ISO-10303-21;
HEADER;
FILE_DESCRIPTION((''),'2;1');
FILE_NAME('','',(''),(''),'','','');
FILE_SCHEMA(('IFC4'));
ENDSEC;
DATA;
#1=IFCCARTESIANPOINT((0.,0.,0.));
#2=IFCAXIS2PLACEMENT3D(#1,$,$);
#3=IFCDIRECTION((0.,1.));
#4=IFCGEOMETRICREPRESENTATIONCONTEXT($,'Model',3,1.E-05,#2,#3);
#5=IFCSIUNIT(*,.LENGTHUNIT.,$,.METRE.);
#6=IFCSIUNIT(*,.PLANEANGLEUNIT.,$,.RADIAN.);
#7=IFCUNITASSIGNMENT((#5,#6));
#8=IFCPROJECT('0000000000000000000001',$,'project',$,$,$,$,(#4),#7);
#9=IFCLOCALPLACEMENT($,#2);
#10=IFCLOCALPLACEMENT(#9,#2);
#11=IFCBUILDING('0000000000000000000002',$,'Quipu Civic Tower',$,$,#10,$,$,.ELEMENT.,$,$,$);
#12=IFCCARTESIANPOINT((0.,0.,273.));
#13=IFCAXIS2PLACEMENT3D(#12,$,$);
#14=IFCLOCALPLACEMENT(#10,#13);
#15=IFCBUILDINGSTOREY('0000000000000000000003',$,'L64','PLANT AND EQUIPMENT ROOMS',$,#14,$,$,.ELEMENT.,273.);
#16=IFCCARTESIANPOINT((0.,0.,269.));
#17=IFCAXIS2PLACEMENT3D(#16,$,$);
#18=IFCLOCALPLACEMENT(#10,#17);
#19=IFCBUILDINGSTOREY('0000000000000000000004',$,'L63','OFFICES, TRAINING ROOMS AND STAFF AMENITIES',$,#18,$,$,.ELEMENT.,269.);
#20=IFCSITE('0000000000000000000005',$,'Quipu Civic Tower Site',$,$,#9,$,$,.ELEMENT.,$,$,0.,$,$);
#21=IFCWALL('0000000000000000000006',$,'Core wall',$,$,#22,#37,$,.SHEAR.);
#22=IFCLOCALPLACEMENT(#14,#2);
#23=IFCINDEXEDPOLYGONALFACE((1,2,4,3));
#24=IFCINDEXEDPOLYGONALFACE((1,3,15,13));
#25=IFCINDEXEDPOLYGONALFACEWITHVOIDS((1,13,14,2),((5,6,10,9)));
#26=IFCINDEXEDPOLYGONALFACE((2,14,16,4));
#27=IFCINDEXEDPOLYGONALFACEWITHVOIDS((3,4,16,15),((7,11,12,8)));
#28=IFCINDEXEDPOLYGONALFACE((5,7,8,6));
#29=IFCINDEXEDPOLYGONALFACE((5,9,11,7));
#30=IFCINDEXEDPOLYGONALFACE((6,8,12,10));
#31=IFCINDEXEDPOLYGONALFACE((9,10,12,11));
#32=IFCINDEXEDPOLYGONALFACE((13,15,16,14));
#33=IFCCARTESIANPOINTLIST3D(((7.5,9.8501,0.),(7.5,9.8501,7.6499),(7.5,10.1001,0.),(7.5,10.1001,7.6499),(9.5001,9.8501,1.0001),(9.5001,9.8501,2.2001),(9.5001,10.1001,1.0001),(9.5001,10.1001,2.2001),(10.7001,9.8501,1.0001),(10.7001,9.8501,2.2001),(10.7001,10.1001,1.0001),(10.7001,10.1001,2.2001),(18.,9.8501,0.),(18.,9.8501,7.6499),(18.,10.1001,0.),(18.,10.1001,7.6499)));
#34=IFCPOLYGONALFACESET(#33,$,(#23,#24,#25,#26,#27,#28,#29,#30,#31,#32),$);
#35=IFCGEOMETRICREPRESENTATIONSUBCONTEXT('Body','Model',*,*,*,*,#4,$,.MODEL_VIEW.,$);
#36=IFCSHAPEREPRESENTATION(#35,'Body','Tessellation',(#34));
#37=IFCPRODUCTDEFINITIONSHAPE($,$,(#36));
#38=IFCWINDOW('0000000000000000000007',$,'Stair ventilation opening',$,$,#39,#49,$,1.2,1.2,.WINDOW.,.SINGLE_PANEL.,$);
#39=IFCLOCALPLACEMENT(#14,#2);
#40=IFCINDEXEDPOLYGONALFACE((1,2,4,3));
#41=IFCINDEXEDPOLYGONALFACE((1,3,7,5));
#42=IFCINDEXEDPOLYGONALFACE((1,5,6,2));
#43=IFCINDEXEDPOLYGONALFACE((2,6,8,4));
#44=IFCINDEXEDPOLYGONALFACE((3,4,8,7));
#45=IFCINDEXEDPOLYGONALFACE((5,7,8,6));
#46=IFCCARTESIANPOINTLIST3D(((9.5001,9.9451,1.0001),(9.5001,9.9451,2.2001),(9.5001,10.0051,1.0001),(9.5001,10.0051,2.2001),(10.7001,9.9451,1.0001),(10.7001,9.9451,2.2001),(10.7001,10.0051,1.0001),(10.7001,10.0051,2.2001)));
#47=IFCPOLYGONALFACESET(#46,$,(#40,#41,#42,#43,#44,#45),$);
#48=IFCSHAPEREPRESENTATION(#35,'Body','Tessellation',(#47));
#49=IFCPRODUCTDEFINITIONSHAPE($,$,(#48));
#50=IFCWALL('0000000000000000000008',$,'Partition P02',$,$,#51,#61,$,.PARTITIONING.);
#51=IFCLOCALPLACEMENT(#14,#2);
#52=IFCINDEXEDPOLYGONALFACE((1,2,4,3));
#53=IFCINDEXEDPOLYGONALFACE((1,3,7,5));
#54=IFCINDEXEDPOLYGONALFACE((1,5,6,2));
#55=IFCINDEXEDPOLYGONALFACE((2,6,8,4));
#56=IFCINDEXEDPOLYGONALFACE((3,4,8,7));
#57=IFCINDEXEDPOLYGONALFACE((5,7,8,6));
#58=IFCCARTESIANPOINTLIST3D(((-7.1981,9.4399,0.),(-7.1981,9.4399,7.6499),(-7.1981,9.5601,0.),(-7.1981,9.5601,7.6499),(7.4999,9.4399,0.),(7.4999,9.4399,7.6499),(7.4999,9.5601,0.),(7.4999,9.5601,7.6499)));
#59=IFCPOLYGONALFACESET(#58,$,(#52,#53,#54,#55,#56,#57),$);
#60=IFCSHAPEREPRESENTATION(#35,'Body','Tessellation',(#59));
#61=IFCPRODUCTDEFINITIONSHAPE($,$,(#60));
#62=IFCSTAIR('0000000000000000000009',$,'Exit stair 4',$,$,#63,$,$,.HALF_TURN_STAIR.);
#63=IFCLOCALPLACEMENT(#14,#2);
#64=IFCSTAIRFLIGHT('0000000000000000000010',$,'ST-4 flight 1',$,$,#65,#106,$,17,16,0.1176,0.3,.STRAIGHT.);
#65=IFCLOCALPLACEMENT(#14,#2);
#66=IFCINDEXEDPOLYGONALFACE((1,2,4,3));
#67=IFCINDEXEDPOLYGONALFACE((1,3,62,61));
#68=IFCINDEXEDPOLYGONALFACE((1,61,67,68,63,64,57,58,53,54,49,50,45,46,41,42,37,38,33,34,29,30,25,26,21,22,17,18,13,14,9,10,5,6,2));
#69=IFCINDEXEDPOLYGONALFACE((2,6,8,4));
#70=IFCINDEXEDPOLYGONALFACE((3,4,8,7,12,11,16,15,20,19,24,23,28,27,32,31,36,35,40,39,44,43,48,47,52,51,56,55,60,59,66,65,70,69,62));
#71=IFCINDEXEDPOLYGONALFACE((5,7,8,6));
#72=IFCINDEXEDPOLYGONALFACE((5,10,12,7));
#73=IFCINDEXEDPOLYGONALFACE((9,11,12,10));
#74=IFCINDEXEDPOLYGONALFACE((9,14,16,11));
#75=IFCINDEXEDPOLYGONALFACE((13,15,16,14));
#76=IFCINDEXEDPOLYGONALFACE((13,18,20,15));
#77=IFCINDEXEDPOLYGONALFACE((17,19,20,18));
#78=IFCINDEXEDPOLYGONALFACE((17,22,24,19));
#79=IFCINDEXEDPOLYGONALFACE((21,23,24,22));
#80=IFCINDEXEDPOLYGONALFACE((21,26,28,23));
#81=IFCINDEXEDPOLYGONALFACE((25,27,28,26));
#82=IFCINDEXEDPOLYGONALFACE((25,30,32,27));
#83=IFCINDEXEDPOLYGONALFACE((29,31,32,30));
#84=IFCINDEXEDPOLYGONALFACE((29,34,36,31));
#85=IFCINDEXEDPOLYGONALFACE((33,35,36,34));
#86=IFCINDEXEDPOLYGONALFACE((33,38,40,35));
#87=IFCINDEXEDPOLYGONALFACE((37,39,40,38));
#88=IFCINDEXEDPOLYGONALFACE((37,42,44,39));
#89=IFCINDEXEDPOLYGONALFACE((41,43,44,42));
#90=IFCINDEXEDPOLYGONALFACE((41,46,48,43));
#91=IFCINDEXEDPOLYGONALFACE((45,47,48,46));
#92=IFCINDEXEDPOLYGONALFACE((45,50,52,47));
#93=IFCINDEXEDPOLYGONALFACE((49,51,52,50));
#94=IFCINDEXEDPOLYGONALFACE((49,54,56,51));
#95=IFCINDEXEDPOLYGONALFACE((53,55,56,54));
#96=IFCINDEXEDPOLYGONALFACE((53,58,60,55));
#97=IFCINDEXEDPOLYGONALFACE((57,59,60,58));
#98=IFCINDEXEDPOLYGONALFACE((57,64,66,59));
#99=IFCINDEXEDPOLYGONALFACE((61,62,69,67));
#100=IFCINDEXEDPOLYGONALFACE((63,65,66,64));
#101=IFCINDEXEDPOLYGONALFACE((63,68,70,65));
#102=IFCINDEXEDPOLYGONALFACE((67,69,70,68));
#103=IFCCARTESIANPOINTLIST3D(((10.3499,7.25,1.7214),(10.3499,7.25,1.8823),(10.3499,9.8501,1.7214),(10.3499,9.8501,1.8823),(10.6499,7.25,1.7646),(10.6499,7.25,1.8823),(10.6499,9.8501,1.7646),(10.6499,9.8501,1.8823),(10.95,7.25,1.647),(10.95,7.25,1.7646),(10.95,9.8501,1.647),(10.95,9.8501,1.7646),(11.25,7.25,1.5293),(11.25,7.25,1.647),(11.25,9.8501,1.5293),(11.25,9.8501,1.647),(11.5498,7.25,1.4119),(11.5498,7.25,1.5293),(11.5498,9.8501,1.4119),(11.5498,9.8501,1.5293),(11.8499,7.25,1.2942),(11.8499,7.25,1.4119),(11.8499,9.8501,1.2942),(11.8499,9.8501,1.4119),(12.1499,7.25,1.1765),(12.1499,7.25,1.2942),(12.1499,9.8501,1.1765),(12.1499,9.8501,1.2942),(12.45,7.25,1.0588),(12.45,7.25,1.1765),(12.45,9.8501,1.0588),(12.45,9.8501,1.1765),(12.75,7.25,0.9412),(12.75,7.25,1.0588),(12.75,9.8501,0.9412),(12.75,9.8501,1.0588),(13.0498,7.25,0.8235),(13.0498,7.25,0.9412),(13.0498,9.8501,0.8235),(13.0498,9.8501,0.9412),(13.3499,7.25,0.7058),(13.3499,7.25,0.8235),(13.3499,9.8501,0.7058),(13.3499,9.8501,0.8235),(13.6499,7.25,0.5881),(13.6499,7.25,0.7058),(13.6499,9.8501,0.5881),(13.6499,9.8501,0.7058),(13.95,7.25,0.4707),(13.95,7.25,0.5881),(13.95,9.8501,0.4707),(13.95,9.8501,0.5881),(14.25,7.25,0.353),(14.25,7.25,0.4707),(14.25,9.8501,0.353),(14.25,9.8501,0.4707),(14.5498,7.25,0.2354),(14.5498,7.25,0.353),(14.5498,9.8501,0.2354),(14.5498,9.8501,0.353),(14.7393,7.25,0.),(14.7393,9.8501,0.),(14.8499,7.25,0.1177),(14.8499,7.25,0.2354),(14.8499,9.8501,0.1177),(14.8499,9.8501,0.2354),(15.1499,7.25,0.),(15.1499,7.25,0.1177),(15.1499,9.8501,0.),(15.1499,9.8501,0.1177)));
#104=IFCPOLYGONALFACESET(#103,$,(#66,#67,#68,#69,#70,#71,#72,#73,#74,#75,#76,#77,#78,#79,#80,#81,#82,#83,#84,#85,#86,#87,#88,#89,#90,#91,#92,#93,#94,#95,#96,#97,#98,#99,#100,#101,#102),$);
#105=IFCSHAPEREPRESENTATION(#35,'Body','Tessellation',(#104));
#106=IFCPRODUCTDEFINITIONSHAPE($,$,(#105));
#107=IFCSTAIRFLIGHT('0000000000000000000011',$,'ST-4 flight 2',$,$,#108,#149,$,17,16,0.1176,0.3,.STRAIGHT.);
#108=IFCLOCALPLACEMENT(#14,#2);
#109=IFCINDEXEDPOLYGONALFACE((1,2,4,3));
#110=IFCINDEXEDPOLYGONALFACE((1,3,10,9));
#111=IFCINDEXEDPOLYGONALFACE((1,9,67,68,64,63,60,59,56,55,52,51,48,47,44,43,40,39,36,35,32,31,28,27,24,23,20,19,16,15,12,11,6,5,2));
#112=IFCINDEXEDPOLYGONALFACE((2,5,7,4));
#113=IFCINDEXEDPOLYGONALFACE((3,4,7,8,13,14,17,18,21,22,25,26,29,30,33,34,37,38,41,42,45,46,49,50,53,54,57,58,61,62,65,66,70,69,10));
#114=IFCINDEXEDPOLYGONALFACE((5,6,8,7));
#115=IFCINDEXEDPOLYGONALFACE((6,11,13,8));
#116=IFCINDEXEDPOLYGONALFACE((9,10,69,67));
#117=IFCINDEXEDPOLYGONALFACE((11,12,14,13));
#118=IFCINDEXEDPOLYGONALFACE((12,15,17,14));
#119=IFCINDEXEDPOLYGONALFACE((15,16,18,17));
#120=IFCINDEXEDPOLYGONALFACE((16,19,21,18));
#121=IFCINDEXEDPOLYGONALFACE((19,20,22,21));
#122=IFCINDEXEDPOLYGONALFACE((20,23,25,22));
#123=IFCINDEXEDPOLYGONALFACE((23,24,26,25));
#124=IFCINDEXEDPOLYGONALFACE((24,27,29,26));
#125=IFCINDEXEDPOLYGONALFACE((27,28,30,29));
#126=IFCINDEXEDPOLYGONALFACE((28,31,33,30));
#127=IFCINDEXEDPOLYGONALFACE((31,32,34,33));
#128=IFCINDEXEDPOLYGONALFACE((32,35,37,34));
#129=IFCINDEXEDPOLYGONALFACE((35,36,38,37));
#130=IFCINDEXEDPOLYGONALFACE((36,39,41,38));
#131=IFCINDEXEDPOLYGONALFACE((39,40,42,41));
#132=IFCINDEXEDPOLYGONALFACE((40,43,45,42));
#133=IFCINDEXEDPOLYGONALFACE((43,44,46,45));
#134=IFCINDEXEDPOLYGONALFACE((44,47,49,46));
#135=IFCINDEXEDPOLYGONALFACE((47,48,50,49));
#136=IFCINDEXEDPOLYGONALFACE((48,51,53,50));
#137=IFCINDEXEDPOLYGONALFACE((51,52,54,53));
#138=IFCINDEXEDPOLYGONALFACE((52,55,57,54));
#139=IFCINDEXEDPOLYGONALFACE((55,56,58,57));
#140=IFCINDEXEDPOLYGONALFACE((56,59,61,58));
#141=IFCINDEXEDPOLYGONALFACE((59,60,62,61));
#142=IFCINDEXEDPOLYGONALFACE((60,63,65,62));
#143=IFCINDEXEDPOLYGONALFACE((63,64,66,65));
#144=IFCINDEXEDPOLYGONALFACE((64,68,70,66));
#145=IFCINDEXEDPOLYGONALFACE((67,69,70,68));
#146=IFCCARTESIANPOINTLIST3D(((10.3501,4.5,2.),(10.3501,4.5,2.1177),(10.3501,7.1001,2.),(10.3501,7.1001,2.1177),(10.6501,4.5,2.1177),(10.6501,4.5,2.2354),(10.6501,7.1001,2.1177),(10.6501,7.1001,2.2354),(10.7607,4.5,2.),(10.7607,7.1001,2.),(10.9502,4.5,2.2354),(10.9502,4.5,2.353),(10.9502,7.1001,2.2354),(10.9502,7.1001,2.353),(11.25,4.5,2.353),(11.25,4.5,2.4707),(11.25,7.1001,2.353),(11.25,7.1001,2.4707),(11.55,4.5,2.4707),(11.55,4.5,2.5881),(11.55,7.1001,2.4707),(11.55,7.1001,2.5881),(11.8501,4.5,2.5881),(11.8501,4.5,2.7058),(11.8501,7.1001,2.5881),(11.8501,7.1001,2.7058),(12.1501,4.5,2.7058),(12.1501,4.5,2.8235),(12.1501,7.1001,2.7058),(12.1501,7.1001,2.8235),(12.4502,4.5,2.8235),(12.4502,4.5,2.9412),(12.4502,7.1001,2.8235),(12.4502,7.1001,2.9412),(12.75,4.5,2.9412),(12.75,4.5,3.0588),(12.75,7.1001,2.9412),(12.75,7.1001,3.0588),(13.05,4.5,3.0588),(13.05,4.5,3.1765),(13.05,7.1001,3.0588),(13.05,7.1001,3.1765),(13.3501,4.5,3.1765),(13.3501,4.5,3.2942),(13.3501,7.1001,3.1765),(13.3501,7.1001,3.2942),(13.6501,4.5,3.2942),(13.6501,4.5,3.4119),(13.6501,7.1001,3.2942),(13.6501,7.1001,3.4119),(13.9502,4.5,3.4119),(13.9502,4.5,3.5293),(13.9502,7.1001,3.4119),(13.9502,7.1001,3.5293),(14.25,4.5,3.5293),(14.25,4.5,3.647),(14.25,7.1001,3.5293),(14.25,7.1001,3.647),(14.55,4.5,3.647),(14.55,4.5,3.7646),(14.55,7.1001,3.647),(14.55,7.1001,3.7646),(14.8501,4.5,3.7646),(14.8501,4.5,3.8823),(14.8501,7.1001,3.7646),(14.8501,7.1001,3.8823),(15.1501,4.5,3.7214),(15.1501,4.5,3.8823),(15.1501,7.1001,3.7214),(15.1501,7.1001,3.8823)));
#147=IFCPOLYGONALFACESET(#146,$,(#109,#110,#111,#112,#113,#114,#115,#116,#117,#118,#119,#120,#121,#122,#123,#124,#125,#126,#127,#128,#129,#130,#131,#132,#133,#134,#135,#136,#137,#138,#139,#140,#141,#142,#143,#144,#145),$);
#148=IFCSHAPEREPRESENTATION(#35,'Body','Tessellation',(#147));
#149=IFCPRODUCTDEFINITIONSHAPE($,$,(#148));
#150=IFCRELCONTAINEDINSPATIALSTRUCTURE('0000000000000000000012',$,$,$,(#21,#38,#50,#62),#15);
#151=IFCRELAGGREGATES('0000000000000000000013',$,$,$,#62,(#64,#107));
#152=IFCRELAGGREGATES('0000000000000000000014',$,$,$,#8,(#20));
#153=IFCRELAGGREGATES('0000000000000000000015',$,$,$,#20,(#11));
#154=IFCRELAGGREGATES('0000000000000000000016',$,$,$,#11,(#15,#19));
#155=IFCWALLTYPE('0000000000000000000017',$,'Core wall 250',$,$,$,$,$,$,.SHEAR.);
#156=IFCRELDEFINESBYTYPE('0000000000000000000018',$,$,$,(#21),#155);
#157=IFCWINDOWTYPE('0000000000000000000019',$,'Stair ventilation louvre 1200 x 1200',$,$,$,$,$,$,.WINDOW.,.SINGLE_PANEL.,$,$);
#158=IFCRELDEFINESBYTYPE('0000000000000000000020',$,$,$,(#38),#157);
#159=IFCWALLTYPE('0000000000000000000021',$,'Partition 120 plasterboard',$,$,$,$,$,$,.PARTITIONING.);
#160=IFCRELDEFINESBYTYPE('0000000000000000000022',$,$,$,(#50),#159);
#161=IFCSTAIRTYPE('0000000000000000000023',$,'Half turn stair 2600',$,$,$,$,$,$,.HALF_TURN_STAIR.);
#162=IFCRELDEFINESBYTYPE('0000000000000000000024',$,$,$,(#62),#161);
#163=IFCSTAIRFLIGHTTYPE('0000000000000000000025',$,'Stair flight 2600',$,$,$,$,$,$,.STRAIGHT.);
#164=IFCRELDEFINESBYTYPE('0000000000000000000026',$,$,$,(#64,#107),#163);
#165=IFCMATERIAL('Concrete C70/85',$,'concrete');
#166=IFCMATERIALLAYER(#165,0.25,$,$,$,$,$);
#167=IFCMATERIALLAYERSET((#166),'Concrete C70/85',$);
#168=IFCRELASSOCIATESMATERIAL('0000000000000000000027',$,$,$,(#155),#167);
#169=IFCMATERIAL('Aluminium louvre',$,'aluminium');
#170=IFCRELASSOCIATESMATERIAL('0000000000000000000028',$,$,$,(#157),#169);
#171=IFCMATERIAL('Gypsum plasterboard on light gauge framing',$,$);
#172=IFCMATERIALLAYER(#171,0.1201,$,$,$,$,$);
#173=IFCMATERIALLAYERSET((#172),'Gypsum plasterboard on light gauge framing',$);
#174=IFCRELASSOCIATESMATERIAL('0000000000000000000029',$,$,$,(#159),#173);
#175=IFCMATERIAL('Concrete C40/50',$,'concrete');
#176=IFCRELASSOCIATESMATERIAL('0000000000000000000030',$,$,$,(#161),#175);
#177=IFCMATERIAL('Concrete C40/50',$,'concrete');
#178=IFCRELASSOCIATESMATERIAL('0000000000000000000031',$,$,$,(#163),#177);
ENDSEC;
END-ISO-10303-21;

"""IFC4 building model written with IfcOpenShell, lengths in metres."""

from ifc_helpers import new_model, si_unit, direction, frame, frame_2d, origin, place, context, subcontext, project, spatial, polyline, rectangle, outline, extrude, material, layer, layer_set, type_object, element, fill, aggregate, save


model = new_model("IFC4")

# Units and contexts
model_context = context("Model", 3, precision=1e-05, world=origin(), true_north=direction((0.0, 1.0)))
body_context = subcontext(model_context, "Body", "Model", "MODEL_VIEW")
ifc_project = project(units=[si_unit("LENGTHUNIT", "METRE"), si_unit("PLANEANGLEUNIT", "RADIAN")], contexts=[model_context])

# Site, building, storey
site_placement = place(None, origin())
site = spatial("IfcSite", under=ifc_project, at=site_placement, Name="Quipu Civic Tower Site", CompositionType="ELEMENT", RefElevation=0.0)
building_placement = place(site_placement, origin())
building = spatial("IfcBuilding", under=site, at=building_placement, Name="Quipu Civic Tower", CompositionType="ELEMENT")
storey_1_placement = place(building_placement, frame((0.0, 0.0, 273.0)))
storey_1 = spatial("IfcBuildingStorey", under=building, at=storey_1_placement, Name="L64", Description="PLANT AND EQUIPMENT ROOMS", CompositionType="ELEMENT", Elevation=273.0)

# Shared definitions
storey_2_placement = place(building_placement, frame((0.0, 0.0, 269.0)))
storey_2 = spatial("IfcBuildingStorey", under=building, at=storey_2_placement, Name="L63", Description="OFFICES, TRAINING ROOMS AND STAFF AMENITIES", CompositionType="ELEMENT", Elevation=269.0)

# Shared definitions
ifc_material_1 = material(Name="Concrete C70/85", Category="concrete")
ifc_layer_1 = layer(ifc_material_1, 0.25)
ifc_layer_set_1 = layer_set([ifc_layer_1], Name="Concrete C70/85")
wall_type_1 = type_object("IfcWallType", Name="Core wall 250", PredefinedType="SHEAR", material=ifc_layer_set_1)

# Wall, opening, window
wall_1_placement = place(storey_1_placement, frame((7.5, 9.9751, 0.0), z_axis=(0.0, 0.0, 1.0), x_axis=(1.0, 0.0, 0.0)))
wall_1 = element("IfcWall", 1, at=wall_1_placement, inside=storey_1, type_object=wall_type_1, Name="Core wall", PredefinedType="SHEAR", context=body_context, shape_type="SweptSolid", body=[
    extrude(rectangle(XDim=10.5, YDim=0.25, at=frame_2d((5.25, 0.0))), origin(), (0.0, 0.0, 1.0), 7.6499),
])
opening_1_placement = place(wall_1_placement, frame((2.0, 0.0, 1.0)))
opening_1 = element("IfcOpeningElement", 2, at=opening_1_placement, cuts=wall_1, PredefinedType="OPENING", context=body_context, shape_type="SweptSolid", body=[
    extrude(rectangle(XDim=1.2, YDim=1.2, at=frame_2d((0.6001, 0.6001))), frame((0.0, 0.135, 0.0), z_axis=(0.0, -1.0, 0.0), x_axis=(1.0, 0.0, 0.0)), (0.0, 0.0, 1.0), 0.27),
])
ifc_material_2 = material(Name="Aluminium louvre", Category="aluminium")
window_type = type_object("IfcWindowType", Name="Stair ventilation louvre 1200 x 1200", PartitioningType="SINGLE_PANEL", PredefinedType="WINDOW", material=ifc_material_2)
window_placement = place(opening_1_placement, origin())
window = element("IfcWindow", 3, at=window_placement, inside=storey_1, type_object=window_type, Name="Stair ventilation opening", OverallHeight=1.2, OverallWidth=1.2, PartitioningType="SINGLE_PANEL", PredefinedType="WINDOW", context=body_context, shape_type="SweptSolid", body=[
    extrude(rectangle(XDim=1.2, YDim=1.2, at=frame_2d((0.6001, 0.6001))), frame((0.0, 0.03, 0.0), z_axis=(0.0, -1.0, 0.0), x_axis=(1.0, 0.0, 0.0)), (0.0, 0.0, 1.0), 0.0601),
])
fill(opening_1, window)

# Wall
ifc_material_3 = material(Name="Gypsum plasterboard on light gauge framing")
ifc_layer_2 = layer(ifc_material_3, 0.1201)
ifc_layer_set_2 = layer_set([ifc_layer_2], Name="Gypsum plasterboard on light gauge framing")
wall_type_2 = type_object("IfcWallType", Name="Partition 120 plasterboard", PredefinedType="PARTITIONING", material=ifc_layer_set_2)
wall_2_placement = place(storey_1_placement, frame((7.5, 9.5, 0.0), z_axis=(0.0, 0.0, 1.0), x_axis=(-1.0, 0.0, 0.0)))
element("IfcWall", 4, at=wall_2_placement, inside=storey_1, type_object=wall_type_2, Name="Partition P02", PredefinedType="PARTITIONING", context=body_context, shape_type="SweptSolid", body=[
    extrude(rectangle(XDim=14.698, YDim=0.1201, at=frame_2d((7.3491, 0.0))), origin(), (0.0, 0.0, 1.0), 7.6499),
])

# Stair, stair flights
ifc_material_4 = material(Name="Concrete C40/50", Category="concrete")
stair_type = type_object("IfcStairType", Name="Half turn stair 2600", PredefinedType="HALF_TURN_STAIR", material=ifc_material_4)
stair_placement = place(storey_1_placement, origin())
stair = element("IfcStair", 5, at=stair_placement, inside=storey_1, type_object=stair_type, Name="Exit stair 4", PredefinedType="HALF_TURN_STAIR")
ifc_material_5 = material(Name="Concrete C40/50", Category="concrete")
stair_flight_type = type_object("IfcStairFlightType", Name="Stair flight 2600", PredefinedType="STRAIGHT", material=ifc_material_5)
stair_flight_1_placement = place(storey_1_placement, frame((15.1499, 8.55, 0.0), z_axis=(0.0, 0.0, 1.0), x_axis=(-1.0, 0.0, 0.0)))
stair_flight_1 = element("IfcStairFlight", 6, at=stair_flight_1_placement, type_object=stair_flight_type, Name="ST-4 flight 1", NumberOfRisers=17, NumberOfTreads=16, PredefinedType="STRAIGHT", RiserHeight=0.1176, TreadLength=0.3, context=body_context, shape_type="SweptSolid", body=[
    extrude(outline(polyline([(0.0, 0.0), (0.0, 0.1177), (0.3, 0.1177), (0.3, 0.2354), (0.6001, 0.2354), (0.6001, 0.353), (0.8999, 0.353), (0.8999, 0.4707), (1.2, 0.4707), (1.2, 0.5881), (1.5, 0.5881), (1.5, 0.7058), (1.8, 0.7058), (1.8, 0.8235), (2.1001, 0.8235), (2.1001, 0.9412), (2.3999, 0.9412), (2.3999, 1.0588), (2.7, 1.0588), (2.7, 1.1765), (3.0, 1.1765), (3.0, 1.2942), (3.3, 1.2942), (3.3, 1.4119), (3.6001, 1.4119), (3.6001, 1.5293), (3.8999, 1.5293), (3.8999, 1.647), (4.2, 1.647), (4.2, 1.7646), (4.5, 1.7646), (4.5, 1.8823), (4.8, 1.8823), (4.8, 2.0), (4.8, 1.7214), (0.4106, 0.0), (0.0, 0.0)])), frame((0.0, 1.3, 0.0), z_axis=(0.0, -1.0, 0.0), x_axis=(1.0, 0.0, 0.0)), (0.0, 0.0, 1.0), 2.6001),
])
stair_flight_2_placement = place(storey_1_placement, frame((10.3501, 5.8, 2.0), z_axis=(0.0, 0.0, 1.0), x_axis=(1.0, 0.0, 0.0)))
stair_flight_2 = element("IfcStairFlight", 7, at=stair_flight_2_placement, type_object=stair_flight_type, Name="ST-4 flight 2", NumberOfRisers=17, NumberOfTreads=16, PredefinedType="STRAIGHT", RiserHeight=0.1176, TreadLength=0.3, context=body_context, shape_type="SweptSolid", body=[
    extrude(outline(polyline([(0.0, 0.0), (0.0, 0.1177), (0.3, 0.1177), (0.3, 0.2354), (0.6001, 0.2354), (0.6001, 0.353), (0.8999, 0.353), (0.8999, 0.4707), (1.2, 0.4707), (1.2, 0.5881), (1.5, 0.5881), (1.5, 0.7058), (1.8, 0.7058), (1.8, 0.8235), (2.1001, 0.8235), (2.1001, 0.9412), (2.3999, 0.9412), (2.3999, 1.0588), (2.7, 1.0588), (2.7, 1.1765), (3.0, 1.1765), (3.0, 1.2942), (3.3, 1.2942), (3.3, 1.4119), (3.6001, 1.4119), (3.6001, 1.5293), (3.8999, 1.5293), (3.8999, 1.647), (4.2, 1.647), (4.2, 1.7646), (4.5, 1.7646), (4.5, 1.8823), (4.8, 1.8823), (4.8, 2.0), (4.8, 1.7214), (0.4106, 0.0), (0.0, 0.0)])), frame((0.0, 1.3, 0.0), z_axis=(0.0, -1.0, 0.0), x_axis=(1.0, 0.0, 0.0)), (0.0, 0.0, 1.0), 2.6001),
])
aggregate(stair, [stair_flight_1, stair_flight_2])

save(model, "model.ifc")
